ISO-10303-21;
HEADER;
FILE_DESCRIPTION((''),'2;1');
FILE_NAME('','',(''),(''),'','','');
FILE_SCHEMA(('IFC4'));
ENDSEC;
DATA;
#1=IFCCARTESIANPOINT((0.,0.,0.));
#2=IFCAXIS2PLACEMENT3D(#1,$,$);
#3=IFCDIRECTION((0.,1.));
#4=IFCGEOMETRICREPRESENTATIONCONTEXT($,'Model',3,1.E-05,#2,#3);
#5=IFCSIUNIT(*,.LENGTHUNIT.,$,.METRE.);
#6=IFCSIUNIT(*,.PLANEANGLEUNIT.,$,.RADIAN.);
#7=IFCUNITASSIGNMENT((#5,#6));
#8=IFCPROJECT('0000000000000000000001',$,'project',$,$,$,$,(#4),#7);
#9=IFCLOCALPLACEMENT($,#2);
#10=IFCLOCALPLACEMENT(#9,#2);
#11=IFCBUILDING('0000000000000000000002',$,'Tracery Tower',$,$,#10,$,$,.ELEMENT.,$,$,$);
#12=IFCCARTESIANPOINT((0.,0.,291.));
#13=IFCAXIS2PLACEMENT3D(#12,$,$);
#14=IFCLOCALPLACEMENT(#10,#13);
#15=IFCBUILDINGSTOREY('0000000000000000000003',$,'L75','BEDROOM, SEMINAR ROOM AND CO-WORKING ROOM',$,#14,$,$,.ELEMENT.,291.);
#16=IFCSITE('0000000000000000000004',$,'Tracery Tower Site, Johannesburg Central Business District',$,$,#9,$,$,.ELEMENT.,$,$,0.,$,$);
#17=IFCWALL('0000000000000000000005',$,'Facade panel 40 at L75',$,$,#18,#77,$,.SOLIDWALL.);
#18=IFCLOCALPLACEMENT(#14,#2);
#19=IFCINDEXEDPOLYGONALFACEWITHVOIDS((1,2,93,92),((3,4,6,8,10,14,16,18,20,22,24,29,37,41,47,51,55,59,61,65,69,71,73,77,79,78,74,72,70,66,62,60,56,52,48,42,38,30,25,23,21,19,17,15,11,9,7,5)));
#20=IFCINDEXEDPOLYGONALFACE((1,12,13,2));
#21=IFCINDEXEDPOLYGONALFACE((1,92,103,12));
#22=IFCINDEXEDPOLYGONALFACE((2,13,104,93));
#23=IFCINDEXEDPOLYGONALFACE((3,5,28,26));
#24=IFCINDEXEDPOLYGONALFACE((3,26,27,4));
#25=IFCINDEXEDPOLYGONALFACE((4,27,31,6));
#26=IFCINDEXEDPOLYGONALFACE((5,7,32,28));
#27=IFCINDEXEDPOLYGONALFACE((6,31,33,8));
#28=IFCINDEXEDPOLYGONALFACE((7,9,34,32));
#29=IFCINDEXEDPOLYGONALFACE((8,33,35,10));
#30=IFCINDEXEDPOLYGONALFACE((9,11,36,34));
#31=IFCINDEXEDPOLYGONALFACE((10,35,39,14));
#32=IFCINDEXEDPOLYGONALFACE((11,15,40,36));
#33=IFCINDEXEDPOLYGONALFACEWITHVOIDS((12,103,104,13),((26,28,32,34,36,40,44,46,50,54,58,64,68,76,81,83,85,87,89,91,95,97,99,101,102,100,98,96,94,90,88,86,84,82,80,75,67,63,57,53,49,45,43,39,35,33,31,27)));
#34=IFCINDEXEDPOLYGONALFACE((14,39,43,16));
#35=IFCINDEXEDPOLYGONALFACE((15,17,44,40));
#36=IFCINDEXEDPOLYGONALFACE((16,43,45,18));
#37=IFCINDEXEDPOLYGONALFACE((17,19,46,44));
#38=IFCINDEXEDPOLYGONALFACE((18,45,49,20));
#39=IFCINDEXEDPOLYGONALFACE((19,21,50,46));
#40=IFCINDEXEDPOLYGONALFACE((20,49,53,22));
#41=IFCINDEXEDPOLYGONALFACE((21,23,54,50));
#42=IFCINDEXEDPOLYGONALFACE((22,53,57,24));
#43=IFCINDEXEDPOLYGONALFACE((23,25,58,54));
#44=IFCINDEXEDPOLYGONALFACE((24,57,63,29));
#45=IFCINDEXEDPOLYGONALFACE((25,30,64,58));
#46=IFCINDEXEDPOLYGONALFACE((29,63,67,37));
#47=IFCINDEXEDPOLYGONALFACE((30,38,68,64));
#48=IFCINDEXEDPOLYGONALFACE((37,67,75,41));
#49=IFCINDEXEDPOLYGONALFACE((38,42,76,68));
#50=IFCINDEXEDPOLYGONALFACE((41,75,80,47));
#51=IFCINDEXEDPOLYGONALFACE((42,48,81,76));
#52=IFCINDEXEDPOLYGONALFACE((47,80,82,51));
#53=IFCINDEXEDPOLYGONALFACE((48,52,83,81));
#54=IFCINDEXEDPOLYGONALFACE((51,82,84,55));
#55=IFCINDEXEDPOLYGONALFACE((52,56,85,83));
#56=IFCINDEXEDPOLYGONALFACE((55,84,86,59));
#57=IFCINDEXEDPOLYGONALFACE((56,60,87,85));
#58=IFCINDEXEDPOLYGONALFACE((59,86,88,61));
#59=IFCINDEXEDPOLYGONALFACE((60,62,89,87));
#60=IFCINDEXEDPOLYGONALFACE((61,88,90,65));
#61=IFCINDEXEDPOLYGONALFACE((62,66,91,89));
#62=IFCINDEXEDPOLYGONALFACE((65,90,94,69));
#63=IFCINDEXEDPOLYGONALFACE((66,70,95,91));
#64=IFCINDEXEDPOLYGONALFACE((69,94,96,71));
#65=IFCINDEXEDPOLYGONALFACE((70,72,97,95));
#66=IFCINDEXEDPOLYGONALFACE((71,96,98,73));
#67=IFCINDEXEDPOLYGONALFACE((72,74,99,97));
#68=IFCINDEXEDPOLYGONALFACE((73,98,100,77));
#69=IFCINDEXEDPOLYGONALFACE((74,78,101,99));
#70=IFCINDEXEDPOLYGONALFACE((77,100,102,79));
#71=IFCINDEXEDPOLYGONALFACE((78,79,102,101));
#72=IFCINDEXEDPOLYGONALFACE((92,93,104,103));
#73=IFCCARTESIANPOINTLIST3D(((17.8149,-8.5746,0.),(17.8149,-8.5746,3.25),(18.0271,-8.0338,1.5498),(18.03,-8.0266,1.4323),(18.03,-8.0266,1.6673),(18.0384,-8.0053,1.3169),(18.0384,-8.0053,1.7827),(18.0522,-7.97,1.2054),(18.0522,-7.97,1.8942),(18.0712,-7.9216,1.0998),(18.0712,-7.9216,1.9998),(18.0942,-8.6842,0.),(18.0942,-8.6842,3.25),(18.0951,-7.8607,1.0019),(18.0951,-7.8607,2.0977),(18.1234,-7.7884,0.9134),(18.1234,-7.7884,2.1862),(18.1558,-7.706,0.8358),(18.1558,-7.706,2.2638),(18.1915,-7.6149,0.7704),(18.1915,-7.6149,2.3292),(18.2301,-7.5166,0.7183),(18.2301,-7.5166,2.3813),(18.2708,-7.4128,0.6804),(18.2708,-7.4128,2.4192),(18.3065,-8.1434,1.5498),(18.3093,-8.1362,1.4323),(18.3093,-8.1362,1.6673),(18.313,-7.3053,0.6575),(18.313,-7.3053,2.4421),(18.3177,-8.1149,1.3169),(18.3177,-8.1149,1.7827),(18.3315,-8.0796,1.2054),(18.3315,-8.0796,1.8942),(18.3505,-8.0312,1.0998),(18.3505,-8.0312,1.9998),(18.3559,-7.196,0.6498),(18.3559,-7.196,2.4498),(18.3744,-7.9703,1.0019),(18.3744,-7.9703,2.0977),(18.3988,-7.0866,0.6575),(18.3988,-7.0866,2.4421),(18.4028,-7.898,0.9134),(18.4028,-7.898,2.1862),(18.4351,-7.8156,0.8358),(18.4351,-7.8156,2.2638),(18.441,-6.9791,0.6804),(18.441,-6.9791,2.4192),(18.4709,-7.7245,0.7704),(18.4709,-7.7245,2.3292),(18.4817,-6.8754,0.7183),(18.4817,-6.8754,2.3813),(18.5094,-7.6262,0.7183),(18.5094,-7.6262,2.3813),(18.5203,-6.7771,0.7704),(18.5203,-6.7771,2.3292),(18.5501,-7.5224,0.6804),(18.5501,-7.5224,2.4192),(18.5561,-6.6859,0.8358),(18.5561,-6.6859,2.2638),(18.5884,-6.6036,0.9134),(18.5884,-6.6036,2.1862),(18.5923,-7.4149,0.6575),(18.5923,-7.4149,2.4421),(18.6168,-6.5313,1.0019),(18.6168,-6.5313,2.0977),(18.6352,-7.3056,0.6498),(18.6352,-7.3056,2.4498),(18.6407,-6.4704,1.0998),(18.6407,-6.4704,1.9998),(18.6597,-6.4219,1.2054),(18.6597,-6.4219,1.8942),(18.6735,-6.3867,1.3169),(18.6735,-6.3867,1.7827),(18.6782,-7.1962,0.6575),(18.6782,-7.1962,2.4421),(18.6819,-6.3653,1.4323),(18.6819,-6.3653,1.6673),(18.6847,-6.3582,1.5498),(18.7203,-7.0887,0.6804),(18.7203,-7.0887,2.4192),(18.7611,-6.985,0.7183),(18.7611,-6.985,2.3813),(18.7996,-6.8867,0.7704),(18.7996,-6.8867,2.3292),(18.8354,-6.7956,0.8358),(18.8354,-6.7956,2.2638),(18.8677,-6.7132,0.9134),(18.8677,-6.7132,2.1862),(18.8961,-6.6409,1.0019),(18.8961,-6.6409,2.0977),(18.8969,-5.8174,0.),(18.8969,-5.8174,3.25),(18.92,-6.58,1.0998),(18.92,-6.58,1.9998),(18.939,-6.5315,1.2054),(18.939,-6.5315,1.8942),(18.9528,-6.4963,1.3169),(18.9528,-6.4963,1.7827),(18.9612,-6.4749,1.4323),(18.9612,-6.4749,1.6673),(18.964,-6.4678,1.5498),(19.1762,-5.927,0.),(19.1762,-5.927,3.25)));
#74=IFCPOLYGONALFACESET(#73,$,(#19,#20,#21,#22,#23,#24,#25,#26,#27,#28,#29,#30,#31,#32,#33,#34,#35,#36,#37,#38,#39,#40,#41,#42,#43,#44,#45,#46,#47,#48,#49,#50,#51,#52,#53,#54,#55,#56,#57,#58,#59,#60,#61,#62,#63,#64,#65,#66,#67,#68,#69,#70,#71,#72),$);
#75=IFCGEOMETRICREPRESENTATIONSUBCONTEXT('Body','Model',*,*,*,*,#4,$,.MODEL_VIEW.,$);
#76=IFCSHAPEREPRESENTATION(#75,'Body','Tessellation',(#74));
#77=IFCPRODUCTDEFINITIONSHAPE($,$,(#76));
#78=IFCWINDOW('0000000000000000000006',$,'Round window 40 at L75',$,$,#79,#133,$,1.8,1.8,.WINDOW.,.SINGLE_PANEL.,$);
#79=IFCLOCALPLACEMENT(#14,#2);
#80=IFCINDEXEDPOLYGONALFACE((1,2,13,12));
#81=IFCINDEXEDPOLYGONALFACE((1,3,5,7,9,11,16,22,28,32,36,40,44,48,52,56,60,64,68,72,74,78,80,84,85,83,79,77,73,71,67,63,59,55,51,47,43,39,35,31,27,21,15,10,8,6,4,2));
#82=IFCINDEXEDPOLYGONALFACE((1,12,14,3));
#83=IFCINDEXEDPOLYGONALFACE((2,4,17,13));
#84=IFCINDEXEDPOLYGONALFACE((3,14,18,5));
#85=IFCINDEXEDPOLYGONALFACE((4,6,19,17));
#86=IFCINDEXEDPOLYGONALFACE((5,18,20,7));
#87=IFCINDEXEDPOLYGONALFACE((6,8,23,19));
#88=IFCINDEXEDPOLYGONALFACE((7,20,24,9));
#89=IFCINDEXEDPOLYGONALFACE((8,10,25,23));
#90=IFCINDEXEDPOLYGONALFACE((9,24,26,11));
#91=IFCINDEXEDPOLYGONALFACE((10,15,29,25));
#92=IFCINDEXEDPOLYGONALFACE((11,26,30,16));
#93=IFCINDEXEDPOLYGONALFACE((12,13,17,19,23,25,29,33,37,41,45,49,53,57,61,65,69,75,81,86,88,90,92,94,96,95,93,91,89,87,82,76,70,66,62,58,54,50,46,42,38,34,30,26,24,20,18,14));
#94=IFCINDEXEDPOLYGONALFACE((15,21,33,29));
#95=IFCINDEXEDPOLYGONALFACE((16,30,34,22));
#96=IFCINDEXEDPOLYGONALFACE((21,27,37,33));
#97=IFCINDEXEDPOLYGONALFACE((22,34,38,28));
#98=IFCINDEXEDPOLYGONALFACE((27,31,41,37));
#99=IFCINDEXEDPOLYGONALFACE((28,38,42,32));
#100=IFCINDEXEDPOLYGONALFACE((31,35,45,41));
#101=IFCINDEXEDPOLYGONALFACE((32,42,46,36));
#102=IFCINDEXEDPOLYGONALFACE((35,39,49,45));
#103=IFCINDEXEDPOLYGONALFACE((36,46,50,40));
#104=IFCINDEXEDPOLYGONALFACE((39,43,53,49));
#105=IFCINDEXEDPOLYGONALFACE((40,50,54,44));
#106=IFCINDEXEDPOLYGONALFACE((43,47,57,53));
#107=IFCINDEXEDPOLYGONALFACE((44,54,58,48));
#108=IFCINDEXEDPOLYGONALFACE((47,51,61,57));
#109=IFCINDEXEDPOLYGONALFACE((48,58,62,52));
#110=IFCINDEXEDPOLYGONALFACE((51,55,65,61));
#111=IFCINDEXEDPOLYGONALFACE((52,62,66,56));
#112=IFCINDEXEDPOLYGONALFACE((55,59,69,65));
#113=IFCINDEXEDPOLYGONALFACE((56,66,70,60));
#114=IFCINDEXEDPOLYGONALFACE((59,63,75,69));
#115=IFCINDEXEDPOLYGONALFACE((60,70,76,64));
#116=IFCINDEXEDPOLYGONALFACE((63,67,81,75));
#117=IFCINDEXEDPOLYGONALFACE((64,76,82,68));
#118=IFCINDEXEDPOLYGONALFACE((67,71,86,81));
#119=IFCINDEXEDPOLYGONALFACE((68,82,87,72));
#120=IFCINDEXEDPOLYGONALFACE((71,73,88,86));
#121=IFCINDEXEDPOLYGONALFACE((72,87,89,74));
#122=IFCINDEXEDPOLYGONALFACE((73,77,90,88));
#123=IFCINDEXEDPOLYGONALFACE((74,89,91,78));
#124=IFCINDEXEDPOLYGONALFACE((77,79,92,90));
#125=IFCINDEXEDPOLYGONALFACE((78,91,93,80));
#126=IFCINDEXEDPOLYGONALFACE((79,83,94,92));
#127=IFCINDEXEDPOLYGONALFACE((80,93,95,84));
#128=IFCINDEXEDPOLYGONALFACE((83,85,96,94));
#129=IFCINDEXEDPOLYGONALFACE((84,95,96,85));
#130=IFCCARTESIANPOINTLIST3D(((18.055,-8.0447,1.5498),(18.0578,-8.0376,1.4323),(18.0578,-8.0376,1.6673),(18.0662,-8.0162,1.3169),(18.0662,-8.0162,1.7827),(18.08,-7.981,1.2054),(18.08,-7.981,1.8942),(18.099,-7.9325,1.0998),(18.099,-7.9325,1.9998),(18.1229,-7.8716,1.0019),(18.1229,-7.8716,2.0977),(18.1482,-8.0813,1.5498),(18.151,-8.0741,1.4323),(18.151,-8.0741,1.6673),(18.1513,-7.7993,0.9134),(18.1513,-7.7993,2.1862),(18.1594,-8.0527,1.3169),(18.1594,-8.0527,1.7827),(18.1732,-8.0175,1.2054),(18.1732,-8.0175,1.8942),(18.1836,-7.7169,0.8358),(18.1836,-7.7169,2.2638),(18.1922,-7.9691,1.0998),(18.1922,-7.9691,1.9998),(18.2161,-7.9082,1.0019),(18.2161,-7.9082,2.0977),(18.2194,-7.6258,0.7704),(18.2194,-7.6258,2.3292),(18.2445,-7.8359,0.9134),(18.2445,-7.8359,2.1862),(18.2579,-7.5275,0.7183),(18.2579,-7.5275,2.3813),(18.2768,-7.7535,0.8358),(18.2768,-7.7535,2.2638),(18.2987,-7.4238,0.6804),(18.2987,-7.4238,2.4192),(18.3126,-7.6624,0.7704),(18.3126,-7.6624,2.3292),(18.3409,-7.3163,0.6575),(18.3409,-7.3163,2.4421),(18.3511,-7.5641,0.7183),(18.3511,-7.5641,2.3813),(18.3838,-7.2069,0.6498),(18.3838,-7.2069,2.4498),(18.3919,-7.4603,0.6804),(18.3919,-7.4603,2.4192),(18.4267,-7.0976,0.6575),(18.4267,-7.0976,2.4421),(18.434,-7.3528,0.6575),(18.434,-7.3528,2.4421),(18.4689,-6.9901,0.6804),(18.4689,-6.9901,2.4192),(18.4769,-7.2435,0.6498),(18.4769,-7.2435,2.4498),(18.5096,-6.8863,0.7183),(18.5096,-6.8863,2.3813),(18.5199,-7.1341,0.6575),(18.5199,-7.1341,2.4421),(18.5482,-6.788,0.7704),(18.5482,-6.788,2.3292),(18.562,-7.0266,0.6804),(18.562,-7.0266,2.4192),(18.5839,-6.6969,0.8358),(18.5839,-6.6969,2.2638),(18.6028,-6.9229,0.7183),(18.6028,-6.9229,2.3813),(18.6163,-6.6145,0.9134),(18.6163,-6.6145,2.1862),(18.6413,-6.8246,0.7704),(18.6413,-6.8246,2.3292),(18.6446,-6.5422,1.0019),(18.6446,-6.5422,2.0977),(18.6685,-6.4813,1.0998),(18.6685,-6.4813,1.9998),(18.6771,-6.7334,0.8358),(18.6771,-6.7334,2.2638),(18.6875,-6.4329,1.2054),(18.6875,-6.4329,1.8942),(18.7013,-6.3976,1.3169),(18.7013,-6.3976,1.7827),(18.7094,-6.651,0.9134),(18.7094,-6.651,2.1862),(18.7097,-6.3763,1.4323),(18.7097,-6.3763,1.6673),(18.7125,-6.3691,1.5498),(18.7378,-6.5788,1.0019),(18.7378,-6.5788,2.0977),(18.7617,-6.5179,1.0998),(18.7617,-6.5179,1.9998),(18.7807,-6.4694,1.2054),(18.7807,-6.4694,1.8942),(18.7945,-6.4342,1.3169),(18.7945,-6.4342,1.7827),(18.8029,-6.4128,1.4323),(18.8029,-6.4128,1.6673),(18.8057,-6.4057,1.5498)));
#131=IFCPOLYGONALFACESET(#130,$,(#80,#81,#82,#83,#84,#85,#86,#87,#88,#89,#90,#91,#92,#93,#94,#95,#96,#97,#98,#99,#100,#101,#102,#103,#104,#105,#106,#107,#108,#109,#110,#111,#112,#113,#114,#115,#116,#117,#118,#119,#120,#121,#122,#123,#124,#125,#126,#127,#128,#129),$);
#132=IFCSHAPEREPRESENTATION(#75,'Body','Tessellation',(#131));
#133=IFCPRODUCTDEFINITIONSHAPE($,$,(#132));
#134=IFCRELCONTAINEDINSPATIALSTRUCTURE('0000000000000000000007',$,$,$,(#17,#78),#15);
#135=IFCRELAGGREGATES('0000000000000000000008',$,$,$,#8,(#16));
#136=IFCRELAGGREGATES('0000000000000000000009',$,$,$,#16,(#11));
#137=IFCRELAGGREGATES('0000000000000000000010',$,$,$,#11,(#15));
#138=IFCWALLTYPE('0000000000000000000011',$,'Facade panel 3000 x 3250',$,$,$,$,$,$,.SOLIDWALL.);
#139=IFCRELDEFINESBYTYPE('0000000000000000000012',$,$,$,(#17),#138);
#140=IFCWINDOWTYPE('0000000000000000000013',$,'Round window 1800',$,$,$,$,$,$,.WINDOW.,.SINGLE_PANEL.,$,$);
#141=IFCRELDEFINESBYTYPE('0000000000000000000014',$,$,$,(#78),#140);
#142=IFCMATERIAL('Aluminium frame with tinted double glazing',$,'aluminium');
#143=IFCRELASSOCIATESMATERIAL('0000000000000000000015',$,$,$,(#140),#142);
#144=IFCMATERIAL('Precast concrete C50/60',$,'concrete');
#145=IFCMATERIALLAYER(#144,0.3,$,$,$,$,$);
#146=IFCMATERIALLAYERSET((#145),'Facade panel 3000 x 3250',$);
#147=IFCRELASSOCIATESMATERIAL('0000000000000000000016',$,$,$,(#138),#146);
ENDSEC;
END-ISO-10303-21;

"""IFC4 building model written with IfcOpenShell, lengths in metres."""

from ifc_helpers import new_model, si_unit, direction, frame, frame_2d, origin, origin_2d, place, context, subcontext, project, spatial, rectangle, circle, extrude, material, layer, layer_set, type_object, element, fill, save


model = new_model("IFC4")

# Units and contexts
model_context = context("Model", 3, precision=1e-05, world=origin(), true_north=direction((0.0, 1.0)))
body_context = subcontext(model_context, "Body", "Model", "MODEL_VIEW")
ifc_project = project(units=[si_unit("LENGTHUNIT", "METRE"), si_unit("PLANEANGLEUNIT", "RADIAN")], contexts=[model_context])

# Site, building, storey
site_placement = place(None, origin())
site = spatial("IfcSite", under=ifc_project, at=site_placement, Name="Tracery Tower Site, Johannesburg Central Business District", CompositionType="ELEMENT", RefElevation=0.0)
building_placement = place(site_placement, origin())
building = spatial("IfcBuilding", under=site, at=building_placement, Name="Tracery Tower", CompositionType="ELEMENT")
storey_placement = place(building_placement, frame((0.0, 0.0, 291.0)))
storey = spatial("IfcBuildingStorey", under=building, at=storey_placement, Name="L75", Description="BEDROOM, SEMINAR ROOM AND CO-WORKING ROOM", CompositionType="ELEMENT", Elevation=291.0)

# Wall, opening, window
ifc_material_1 = material(Name="Aluminium frame with tinted double glazing", Category="aluminium")
window_type = type_object("IfcWindowType", Name="Round window 1800", PartitioningType="SINGLE_PANEL", PredefinedType="WINDOW", material=ifc_material_1)
ifc_material_2 = material(Name="Precast concrete C50/60", Category="concrete")
ifc_layer_1 = layer(ifc_material_2, 0.3)
ifc_layer_set_1 = layer_set([ifc_layer_1], Name="Facade panel 3000 x 3250")
wall_type_1 = type_object("IfcWallType", Name="Facade panel 3000 x 3250", PredefinedType="SOLIDWALL", material=ifc_layer_set_1)
wall_1_placement = place(storey_placement, frame((17.9546, -8.6294, 0.0), z_axis=(0.0, 0.0, 1.0), x_axis=(0.3653, 0.93089, 0.0)))
wall_1 = element("IfcWall", 1, at=wall_1_placement, inside=storey, type_object=wall_type_1, Name="Facade panel 40 at L75", PredefinedType="SOLIDWALL", context=body_context, shape_type="SweptSolid", body=[
    extrude(rectangle(XDim=2.9619, YDim=0.3, at=frame_2d((1.481, 0.0))), origin(), (0.0, 0.0, 1.0), 3.25),
])
opening_1_placement = place(wall_1_placement, frame((1.481, 0.0, 1.5498)))
opening_1 = element("IfcOpeningElement", 2, at=opening_1_placement, cuts=wall_1, PredefinedType="OPENING", context=body_context, shape_type="SweptSolid", body=[
    extrude(circle(Radius=0.9, at=origin_2d()), frame((0.0, 0.1599, 0.0), z_axis=(0.0, -1.0, 0.0), x_axis=(1.0, 0.0, 0.0)), (0.0, 0.0, 1.0), 0.3201),
])
window_1_placement = place(opening_1_placement, origin())
window_1 = element("IfcWindow", 3, at=window_1_placement, inside=storey, type_object=window_type, Name="Round window 40 at L75", OverallHeight=1.8, OverallWidth=1.8, PartitioningType="SINGLE_PANEL", PredefinedType="WINDOW", context=body_context, shape_type="SweptSolid", body=[
    extrude(circle(Radius=0.9, at=origin_2d()), frame((0.0, 0.1201, 0.0), z_axis=(0.0, -1.0, 0.0), x_axis=(1.0, 0.0, 0.0)), (0.0, 0.0, 1.0), 0.1001),
])
fill(opening_1, window_1)

save(model, "model.ifc")
